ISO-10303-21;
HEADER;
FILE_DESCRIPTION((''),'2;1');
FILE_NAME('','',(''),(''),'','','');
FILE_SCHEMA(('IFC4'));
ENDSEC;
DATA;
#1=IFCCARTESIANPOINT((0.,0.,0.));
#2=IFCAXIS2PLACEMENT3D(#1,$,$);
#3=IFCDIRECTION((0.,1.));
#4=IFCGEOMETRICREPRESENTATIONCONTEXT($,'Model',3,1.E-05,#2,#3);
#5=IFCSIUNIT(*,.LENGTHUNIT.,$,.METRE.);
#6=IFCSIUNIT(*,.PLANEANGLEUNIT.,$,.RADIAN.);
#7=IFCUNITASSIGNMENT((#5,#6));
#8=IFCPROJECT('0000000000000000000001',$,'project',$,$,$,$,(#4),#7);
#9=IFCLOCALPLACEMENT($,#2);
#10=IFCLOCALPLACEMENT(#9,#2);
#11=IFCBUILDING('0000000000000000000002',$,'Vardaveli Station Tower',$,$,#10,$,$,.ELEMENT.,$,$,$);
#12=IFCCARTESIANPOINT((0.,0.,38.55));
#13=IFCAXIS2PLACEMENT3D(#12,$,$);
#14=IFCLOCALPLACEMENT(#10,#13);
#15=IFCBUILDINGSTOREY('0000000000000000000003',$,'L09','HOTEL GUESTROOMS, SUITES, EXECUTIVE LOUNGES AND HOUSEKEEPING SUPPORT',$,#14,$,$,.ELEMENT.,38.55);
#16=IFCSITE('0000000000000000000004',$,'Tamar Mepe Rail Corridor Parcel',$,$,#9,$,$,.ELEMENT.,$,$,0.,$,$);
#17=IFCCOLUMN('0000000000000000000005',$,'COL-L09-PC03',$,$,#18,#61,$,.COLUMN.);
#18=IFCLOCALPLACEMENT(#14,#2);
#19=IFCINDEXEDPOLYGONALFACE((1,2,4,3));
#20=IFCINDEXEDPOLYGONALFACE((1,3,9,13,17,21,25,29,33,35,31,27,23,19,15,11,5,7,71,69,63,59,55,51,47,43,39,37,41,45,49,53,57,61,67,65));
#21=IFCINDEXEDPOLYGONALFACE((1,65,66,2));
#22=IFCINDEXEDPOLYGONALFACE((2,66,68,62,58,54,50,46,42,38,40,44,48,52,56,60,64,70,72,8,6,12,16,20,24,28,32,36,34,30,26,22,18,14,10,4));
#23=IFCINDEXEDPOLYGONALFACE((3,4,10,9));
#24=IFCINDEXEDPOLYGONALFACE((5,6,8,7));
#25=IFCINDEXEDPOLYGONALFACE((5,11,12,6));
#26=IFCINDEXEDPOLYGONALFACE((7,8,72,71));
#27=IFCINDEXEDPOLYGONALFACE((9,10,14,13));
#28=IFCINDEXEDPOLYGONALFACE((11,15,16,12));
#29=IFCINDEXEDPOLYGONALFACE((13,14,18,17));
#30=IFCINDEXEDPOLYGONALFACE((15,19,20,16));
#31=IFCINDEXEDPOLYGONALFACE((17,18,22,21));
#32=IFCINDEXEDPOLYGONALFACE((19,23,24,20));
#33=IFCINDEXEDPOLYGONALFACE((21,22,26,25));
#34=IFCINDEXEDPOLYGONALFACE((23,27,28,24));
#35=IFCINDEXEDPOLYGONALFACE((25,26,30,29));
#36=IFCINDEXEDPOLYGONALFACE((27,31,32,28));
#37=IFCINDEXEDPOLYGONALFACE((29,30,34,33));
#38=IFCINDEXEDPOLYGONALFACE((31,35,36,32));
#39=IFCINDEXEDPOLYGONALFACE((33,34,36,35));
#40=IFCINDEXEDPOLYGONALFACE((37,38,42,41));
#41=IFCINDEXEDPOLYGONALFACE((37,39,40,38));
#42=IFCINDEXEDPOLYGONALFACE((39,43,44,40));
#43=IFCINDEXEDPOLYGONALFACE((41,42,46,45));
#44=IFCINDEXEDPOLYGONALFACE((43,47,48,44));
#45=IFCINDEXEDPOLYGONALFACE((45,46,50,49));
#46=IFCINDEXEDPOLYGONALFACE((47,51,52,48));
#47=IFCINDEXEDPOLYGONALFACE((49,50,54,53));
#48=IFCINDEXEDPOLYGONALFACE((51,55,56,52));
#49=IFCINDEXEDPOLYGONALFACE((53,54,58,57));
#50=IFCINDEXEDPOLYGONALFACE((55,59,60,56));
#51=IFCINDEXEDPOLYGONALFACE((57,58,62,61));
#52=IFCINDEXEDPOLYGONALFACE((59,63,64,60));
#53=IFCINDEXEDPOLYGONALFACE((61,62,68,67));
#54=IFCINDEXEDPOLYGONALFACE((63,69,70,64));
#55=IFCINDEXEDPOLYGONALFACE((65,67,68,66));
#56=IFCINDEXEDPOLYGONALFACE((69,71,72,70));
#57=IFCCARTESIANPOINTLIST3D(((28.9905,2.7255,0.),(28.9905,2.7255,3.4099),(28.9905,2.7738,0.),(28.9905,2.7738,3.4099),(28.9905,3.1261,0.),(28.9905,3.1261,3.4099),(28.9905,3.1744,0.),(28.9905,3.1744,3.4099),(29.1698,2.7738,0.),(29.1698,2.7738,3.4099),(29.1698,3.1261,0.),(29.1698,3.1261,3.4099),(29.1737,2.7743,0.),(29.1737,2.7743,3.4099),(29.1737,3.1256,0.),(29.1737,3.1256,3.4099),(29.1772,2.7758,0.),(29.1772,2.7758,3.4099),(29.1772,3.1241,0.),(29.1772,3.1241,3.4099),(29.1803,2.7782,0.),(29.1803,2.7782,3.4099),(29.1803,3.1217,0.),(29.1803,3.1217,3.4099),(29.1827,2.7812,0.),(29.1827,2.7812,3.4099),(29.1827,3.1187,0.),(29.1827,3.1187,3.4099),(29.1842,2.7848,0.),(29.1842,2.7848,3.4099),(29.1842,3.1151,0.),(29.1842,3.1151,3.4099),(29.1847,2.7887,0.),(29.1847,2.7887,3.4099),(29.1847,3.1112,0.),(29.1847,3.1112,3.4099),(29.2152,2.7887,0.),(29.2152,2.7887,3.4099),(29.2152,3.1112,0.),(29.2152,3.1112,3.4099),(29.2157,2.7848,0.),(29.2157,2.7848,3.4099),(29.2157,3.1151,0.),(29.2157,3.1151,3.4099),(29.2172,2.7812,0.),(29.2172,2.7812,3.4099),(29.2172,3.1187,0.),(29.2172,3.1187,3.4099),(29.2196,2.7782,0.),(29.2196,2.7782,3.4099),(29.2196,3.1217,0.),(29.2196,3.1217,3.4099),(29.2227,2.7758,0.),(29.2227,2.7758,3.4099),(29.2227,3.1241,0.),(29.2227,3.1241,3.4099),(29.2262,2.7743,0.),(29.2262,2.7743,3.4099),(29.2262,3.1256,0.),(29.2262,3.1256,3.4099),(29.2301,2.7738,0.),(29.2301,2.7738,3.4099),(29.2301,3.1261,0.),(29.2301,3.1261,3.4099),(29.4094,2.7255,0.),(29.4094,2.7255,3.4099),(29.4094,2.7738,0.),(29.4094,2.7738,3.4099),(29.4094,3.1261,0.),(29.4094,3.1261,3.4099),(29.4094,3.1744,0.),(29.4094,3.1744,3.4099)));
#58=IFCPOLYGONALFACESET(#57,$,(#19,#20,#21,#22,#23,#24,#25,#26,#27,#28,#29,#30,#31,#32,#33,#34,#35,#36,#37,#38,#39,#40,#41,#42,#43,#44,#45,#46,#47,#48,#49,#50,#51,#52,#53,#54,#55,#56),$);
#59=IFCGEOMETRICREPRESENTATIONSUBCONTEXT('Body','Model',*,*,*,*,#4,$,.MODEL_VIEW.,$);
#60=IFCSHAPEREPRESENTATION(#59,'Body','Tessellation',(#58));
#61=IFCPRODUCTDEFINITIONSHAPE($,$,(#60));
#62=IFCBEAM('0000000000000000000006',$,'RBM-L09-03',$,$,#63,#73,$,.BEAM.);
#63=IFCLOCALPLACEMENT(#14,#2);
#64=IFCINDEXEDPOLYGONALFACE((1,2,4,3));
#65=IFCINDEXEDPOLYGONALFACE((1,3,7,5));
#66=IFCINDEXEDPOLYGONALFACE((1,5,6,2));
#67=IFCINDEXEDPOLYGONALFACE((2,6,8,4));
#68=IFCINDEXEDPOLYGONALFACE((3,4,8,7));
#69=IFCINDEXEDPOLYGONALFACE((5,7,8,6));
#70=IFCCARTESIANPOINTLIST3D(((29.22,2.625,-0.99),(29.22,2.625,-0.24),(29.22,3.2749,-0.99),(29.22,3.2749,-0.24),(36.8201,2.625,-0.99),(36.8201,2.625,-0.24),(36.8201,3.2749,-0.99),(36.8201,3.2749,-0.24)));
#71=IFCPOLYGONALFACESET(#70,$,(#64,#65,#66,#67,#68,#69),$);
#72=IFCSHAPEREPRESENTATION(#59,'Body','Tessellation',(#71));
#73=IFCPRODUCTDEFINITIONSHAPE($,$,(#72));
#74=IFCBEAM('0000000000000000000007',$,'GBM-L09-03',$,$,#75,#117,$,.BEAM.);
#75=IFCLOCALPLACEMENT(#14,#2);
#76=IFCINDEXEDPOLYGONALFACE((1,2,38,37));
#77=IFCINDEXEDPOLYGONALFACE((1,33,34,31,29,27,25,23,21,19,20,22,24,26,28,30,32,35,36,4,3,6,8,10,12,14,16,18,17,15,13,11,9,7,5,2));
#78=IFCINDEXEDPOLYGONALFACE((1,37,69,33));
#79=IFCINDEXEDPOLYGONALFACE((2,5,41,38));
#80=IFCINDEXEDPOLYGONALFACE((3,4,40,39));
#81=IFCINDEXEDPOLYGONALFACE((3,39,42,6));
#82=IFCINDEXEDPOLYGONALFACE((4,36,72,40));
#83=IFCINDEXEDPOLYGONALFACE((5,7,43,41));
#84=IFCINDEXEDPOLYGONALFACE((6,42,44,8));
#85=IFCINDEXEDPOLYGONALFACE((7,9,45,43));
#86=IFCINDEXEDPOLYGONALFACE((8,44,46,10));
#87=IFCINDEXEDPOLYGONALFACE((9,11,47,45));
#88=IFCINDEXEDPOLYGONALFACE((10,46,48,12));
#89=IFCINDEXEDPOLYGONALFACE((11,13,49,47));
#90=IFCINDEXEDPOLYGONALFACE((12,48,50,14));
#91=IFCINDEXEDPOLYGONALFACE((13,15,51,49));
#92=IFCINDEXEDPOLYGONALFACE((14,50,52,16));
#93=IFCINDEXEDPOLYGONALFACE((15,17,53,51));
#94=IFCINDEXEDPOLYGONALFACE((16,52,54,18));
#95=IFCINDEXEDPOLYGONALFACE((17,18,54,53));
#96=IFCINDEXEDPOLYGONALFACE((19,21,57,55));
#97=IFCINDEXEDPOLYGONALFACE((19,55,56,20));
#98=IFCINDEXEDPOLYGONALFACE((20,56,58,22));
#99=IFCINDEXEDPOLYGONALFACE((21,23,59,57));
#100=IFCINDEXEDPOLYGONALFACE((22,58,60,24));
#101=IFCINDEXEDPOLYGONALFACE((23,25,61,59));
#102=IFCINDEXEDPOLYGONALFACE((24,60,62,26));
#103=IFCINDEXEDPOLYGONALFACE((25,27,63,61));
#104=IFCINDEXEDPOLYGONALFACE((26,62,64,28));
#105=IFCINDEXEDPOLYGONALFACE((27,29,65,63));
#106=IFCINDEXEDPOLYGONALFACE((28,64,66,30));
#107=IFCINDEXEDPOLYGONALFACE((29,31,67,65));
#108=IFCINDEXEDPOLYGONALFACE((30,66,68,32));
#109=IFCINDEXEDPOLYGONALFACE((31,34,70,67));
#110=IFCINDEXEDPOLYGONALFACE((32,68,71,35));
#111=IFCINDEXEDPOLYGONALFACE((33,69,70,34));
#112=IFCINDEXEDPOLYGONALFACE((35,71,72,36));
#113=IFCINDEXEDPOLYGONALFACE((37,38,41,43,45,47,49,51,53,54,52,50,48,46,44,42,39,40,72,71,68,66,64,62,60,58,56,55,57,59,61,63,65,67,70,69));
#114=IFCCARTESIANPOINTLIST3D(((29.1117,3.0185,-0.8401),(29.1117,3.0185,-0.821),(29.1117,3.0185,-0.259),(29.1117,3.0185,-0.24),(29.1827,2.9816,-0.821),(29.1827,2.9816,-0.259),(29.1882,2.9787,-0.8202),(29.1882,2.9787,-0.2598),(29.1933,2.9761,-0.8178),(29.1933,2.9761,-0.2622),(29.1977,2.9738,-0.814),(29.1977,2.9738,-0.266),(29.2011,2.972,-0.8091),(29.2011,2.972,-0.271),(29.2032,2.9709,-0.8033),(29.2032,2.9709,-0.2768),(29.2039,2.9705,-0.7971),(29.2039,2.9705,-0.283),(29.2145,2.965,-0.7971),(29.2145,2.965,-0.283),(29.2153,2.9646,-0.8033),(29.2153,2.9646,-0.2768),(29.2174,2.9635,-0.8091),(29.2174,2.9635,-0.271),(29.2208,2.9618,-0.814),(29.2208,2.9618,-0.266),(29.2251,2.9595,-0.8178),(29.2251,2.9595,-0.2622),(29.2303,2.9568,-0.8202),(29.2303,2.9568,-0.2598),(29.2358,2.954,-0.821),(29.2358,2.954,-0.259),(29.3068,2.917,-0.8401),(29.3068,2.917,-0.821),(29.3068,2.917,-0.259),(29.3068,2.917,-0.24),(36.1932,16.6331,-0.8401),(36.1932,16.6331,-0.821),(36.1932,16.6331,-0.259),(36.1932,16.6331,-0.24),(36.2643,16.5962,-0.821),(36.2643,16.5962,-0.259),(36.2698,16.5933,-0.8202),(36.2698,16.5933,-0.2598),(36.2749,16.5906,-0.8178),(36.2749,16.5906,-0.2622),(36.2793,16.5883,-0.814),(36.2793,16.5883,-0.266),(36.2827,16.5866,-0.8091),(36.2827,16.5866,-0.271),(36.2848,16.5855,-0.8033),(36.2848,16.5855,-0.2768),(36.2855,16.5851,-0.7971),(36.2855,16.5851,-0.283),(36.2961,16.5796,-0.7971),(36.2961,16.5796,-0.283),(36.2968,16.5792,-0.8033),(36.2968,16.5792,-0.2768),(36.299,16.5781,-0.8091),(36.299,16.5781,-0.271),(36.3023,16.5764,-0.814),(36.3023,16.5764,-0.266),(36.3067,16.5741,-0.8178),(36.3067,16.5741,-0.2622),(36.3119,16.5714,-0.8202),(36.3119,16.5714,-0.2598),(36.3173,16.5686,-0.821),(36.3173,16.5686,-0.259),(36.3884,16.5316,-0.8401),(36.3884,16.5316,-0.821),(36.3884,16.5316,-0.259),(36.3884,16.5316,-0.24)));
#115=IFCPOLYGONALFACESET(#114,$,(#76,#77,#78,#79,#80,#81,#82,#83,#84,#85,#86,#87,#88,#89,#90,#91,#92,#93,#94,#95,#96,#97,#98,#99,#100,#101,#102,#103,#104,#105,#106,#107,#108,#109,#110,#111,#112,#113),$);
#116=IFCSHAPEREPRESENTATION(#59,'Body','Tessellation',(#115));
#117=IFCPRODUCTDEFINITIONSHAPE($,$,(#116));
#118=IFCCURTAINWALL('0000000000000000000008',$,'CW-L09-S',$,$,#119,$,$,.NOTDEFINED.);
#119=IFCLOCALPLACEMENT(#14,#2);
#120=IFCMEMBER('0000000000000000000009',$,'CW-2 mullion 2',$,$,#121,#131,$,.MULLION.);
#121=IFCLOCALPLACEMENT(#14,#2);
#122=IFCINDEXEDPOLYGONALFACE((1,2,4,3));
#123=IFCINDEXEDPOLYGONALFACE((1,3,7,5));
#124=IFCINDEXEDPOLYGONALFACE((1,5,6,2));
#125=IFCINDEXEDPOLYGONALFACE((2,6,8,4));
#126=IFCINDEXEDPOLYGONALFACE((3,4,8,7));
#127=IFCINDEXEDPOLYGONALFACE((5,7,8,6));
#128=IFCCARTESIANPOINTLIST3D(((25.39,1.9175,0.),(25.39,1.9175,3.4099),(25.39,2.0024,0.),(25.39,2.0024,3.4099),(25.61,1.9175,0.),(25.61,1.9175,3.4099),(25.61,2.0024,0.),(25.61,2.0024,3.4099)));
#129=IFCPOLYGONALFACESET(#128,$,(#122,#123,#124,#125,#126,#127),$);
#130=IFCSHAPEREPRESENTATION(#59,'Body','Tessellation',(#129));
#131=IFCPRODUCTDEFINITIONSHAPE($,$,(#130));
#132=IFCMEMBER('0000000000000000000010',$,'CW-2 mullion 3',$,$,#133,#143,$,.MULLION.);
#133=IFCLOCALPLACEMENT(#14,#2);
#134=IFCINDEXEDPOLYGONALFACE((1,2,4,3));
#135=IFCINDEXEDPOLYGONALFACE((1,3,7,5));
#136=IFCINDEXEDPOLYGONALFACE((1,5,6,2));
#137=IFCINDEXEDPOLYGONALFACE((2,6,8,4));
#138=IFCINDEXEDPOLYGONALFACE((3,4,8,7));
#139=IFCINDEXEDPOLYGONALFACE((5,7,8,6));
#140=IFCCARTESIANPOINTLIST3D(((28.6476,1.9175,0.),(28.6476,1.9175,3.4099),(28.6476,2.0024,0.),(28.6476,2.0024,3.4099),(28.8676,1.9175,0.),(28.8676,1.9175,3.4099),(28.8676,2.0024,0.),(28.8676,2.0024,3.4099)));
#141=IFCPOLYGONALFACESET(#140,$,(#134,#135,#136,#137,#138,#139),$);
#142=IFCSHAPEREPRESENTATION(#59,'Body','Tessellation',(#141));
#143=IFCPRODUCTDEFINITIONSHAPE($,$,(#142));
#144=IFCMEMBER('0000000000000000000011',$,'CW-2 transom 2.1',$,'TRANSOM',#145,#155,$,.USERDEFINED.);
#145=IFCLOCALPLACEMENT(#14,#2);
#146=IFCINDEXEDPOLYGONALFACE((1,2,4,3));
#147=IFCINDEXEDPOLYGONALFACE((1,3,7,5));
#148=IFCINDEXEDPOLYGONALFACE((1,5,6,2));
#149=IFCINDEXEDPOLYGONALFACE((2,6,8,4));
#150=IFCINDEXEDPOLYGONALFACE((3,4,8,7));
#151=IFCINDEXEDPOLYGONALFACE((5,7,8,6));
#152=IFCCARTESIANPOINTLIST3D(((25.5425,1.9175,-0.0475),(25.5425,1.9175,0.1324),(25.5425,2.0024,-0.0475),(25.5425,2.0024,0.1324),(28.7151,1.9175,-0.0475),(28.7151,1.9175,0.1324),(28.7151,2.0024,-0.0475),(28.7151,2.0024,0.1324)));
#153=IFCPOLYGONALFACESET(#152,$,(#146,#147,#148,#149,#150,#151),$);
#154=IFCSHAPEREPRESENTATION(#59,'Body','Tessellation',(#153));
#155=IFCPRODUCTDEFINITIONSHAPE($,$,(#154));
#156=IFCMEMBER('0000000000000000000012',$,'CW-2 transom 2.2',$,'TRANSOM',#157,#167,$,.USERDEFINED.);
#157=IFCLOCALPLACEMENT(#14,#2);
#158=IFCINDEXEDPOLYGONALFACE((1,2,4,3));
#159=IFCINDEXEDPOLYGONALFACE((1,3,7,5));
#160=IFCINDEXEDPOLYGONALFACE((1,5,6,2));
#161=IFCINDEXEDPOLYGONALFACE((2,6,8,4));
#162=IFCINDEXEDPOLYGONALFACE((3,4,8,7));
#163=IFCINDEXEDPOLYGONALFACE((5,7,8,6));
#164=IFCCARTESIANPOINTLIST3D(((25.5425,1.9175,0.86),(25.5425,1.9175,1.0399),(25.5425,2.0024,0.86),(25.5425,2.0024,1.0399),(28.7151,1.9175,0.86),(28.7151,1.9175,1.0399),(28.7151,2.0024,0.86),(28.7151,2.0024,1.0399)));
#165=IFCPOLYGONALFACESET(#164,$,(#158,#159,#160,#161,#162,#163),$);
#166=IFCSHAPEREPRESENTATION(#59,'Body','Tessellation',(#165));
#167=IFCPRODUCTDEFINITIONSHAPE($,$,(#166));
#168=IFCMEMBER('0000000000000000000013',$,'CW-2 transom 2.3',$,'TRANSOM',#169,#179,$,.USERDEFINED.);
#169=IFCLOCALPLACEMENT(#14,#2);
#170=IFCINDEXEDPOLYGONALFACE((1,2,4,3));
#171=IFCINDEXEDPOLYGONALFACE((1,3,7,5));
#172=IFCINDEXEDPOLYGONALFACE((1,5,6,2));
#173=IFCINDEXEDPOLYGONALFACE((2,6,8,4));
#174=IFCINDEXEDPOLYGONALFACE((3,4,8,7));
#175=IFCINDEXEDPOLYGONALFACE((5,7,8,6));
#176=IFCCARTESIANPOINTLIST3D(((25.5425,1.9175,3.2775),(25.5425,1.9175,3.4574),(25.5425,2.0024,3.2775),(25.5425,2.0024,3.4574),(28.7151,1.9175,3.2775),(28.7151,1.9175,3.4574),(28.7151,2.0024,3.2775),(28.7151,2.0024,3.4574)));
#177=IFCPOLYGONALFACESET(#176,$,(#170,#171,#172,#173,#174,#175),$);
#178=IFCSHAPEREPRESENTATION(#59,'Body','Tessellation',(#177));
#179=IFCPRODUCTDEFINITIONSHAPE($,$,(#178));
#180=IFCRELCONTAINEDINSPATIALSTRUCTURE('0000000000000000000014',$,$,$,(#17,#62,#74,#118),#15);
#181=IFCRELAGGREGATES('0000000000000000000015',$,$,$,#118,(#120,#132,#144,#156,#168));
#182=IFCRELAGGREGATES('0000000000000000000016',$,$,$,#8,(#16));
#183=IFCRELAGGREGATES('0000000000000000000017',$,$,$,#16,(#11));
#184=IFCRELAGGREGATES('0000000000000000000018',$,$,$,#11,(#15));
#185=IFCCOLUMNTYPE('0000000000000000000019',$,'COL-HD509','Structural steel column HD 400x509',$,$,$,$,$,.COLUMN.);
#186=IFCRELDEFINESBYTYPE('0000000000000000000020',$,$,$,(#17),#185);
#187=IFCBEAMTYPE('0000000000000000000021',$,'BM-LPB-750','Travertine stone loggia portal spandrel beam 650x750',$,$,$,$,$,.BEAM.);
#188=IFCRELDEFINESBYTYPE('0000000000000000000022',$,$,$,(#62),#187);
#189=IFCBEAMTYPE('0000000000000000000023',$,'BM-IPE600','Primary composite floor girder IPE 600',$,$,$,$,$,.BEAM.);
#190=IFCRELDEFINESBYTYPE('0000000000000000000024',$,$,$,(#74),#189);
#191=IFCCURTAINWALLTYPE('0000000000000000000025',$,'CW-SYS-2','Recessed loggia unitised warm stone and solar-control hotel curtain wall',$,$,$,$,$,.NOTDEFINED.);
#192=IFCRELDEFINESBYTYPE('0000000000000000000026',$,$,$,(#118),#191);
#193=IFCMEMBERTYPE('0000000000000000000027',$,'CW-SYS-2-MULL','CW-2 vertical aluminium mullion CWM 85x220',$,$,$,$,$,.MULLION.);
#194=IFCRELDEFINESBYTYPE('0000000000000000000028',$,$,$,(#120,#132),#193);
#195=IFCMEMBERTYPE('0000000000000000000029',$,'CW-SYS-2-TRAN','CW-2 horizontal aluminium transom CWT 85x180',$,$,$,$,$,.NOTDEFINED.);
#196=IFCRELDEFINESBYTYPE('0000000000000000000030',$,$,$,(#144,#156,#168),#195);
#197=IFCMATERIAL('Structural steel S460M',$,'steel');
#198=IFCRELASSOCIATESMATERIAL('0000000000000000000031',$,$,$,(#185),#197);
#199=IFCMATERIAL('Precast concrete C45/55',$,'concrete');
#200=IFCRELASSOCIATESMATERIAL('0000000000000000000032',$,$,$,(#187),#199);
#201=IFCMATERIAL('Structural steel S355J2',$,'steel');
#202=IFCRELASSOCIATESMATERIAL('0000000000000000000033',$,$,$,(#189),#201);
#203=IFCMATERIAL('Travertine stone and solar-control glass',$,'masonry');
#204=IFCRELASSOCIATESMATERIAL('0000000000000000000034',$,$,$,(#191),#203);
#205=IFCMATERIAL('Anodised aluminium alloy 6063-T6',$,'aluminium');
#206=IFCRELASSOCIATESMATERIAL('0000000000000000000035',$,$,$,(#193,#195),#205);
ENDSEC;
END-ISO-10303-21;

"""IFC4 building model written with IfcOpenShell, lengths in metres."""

from ifc_helpers import new_model, si_unit, direction, frame, origin, origin_2d, place, context, subcontext, project, spatial, rectangle, i_section, extrude, source, transform, mapped, material, material_profile, profile_set, type_object, element, aggregate, save


model = new_model("IFC4")

# Units and contexts
model_context = context("Model", 3, precision=1e-05, world=origin(), true_north=direction((0.0, 1.0)))
body_context = subcontext(model_context, "Body", "Model", "MODEL_VIEW")
ifc_project = project(units=[si_unit("LENGTHUNIT", "METRE"), si_unit("PLANEANGLEUNIT", "RADIAN")], contexts=[model_context])

# Site, building, storey
site_placement = place(None, origin())
site = spatial("IfcSite", under=ifc_project, at=site_placement, Name="Tamar Mepe Rail Corridor Parcel", CompositionType="ELEMENT", RefElevation=0.0)
building_placement = place(site_placement, origin())
building = spatial("IfcBuilding", under=site, at=building_placement, Name="Vardaveli Station Tower", CompositionType="ELEMENT")
storey_placement = place(building_placement, frame((0.0, 0.0, 38.55)))
storey = spatial("IfcBuildingStorey", under=building, at=storey_placement, Name="L09", Description="HOTEL GUESTROOMS, SUITES, EXECUTIVE LOUNGES AND HOUSEKEEPING SUPPORT", CompositionType="ELEMENT", Elevation=38.55)

# Column
ifc_material_1 = material(Name="Structural steel S460M", Category="steel")
ifc_material_profile_1 = material_profile(ifc_material_1, i_section(OverallWidth=0.4189, OverallDepth=0.449, WebThickness=0.0305, FlangeThickness=0.0483, FilletRadius=0.0149, at=origin_2d()), Name="HD 400x509")
ifc_profile_set_1 = profile_set([ifc_material_profile_1], Name="Structural steel S460M")
column_type = type_object("IfcColumnType", Name="COL-HD509", Description="Structural steel column HD 400x509", PredefinedType="COLUMN", material=ifc_profile_set_1)
shared_shape_1 = source(origin(), body_context, "Body", "SweptSolid", [
    extrude(i_section(OverallWidth=0.4189, OverallDepth=0.449, WebThickness=0.0305, FlangeThickness=0.0483, FilletRadius=0.0149, at=origin_2d()), origin(), (0.0, 0.0, 1.0), 3.4099),
])
column_placement = place(storey_placement, frame((29.2, 2.95, 0.0), z_axis=(0.0, 0.0, 1.0), x_axis=(1.0, 0.0, 0.0)))
element("IfcColumn", 1, at=column_placement, inside=storey, type_object=column_type, Name="COL-L09-PC03", PredefinedType="COLUMN", context=body_context, shape_type="MappedRepresentation", body=[
    mapped(shared_shape_1, transform((0.0, 0.0, 0.0), scale=1.0)),
])

# Beams
ifc_material_2 = material(Name="Precast concrete C45/55", Category="concrete")
ifc_material_profile_2 = material_profile(ifc_material_2, rectangle(XDim=0.6499, YDim=0.75, at=origin_2d()), Name="LPB 650x750")
ifc_profile_set_2 = profile_set([ifc_material_profile_2], Name="Precast concrete C45/55")
beam_type_1 = type_object("IfcBeamType", Name="BM-LPB-750", Description="Travertine stone loggia portal spandrel beam 650x750", PredefinedType="BEAM", material=ifc_profile_set_2)
shared_shape_2 = source(origin(), body_context, "Body", "SweptSolid", [
    extrude(rectangle(XDim=0.6499, YDim=0.75, at=origin_2d()), origin(), (0.0, 0.0, 1.0), 7.6001),
])
beam_1_placement = place(storey_placement, frame((29.22, 2.95, -0.615), z_axis=(1.0, 0.0, 0.0), x_axis=(0.0, 1.0, 0.0)))
element("IfcBeam", 2, at=beam_1_placement, inside=storey, type_object=beam_type_1, Name="RBM-L09-03", PredefinedType="BEAM", context=body_context, shape_type="MappedRepresentation", body=[
    mapped(shared_shape_2, transform((0.0, 0.0, 0.0), scale=1.0)),
])
ifc_material_3 = material(Name="Structural steel S355J2", Category="steel")
ifc_material_profile_3 = material_profile(ifc_material_3, i_section(OverallWidth=0.22, OverallDepth=0.6001, WebThickness=0.012, FlangeThickness=0.019, FilletRadius=0.0239, at=origin_2d()), Name="IPE 600")
ifc_profile_set_3 = profile_set([ifc_material_profile_3], Name="Structural steel S355J2")
beam_type_2 = type_object("IfcBeamType", Name="BM-IPE600", Description="Primary composite floor girder IPE 600", PredefinedType="BEAM", material=ifc_profile_set_3)
shared_shape_3 = source(origin(), body_context, "Body", "SweptSolid", [
    extrude(i_section(OverallWidth=0.22, OverallDepth=0.6001, WebThickness=0.012, FlangeThickness=0.019, FilletRadius=0.0239, at=origin_2d()), origin(), (0.0, 0.0, 1.0), 15.3462),
])
beam_2_placement = place(storey_placement, frame((29.2092, 2.9678, -0.54), z_axis=(0.461455, 0.887163, 0.0), x_axis=(-0.887163, 0.461455, 0.0)))
element("IfcBeam", 3, at=beam_2_placement, inside=storey, type_object=beam_type_2, Name="GBM-L09-03", PredefinedType="BEAM", context=body_context, shape_type="MappedRepresentation", body=[
    mapped(shared_shape_3, transform((0.0, 0.0, 0.0), scale=1.0)),
])

# Curtain wall, members
ifc_material_4 = material(Name="Travertine stone and solar-control glass", Category="masonry")
curtain_wall_type = type_object("IfcCurtainWallType", Name="CW-SYS-2", Description="Recessed loggia unitised warm stone and solar-control hotel curtain wall", PredefinedType="NOTDEFINED", material=ifc_material_4)
curtain_wall_placement = place(storey_placement, origin())
curtain_wall = element("IfcCurtainWall", 4, at=curtain_wall_placement, inside=storey, type_object=curtain_wall_type, Name="CW-L09-S", PredefinedType="NOTDEFINED")
ifc_material_5 = material(Name="Anodised aluminium alloy 6063-T6", Category="aluminium")
ifc_material_profile_4 = material_profile(ifc_material_5, rectangle(XDim=0.085, YDim=0.22, at=origin_2d()), Name="CWM 85x220")
ifc_profile_set_4 = profile_set([ifc_material_profile_4], Name="Anodised aluminium alloy 6063-T6")
member_type_1 = type_object("IfcMemberType", Name="CW-SYS-2-MULL", Description="CW-2 vertical aluminium mullion CWM 85x220", PredefinedType="MULLION", material=ifc_profile_set_4)
shared_shape_4 = source(origin(), body_context, "Body", "SweptSolid", [
    extrude(rectangle(XDim=0.085, YDim=0.22, at=origin_2d()), origin(), (0.0, 0.0, 1.0), 3.4099),
])
member_1_placement = place(storey_placement, frame((25.5, 1.96, 0.0), z_axis=(0.0, 0.0, 1.0), x_axis=(0.0, 1.0, 0.0)))
member_1 = element("IfcMember", 5, at=member_1_placement, type_object=member_type_1, Name="CW-2 mullion 2", PredefinedType="MULLION", context=body_context, shape_type="MappedRepresentation", body=[
    mapped(shared_shape_4, transform((0.0, 0.0, 0.0), scale=1.0)),
])
member_2_placement = place(storey_placement, frame((28.7576, 1.96, 0.0), z_axis=(0.0, 0.0, 1.0), x_axis=(0.0, 1.0, 0.0)))
member_2 = element("IfcMember", 6, at=member_2_placement, type_object=member_type_1, Name="CW-2 mullion 3", PredefinedType="MULLION", context=body_context, shape_type="MappedRepresentation", body=[
    mapped(shared_shape_4, transform((0.0, 0.0, 0.0), scale=1.0)),
])
ifc_material_profile_5 = material_profile(ifc_material_5, rectangle(XDim=0.085, YDim=0.1799, at=origin_2d()), Name="CWT 85x180")
ifc_profile_set_5 = profile_set([ifc_material_profile_5], Name="Anodised aluminium alloy 6063-T6")
member_type_2 = type_object("IfcMemberType", Name="CW-SYS-2-TRAN", Description="CW-2 horizontal aluminium transom CWT 85x180", PredefinedType="NOTDEFINED", material=ifc_profile_set_5)
shared_shape_5 = source(origin(), body_context, "Body", "SweptSolid", [
    extrude(rectangle(XDim=0.085, YDim=0.1799, at=origin_2d()), origin(), (0.0, 0.0, 1.0), 3.1726),
])
member_3_placement = place(storey_placement, frame((25.5425, 1.96, 0.0425), z_axis=(1.0, 0.0, 0.0), x_axis=(0.0, 1.0, 0.0)))
member_3 = element("IfcMember", 7, at=member_3_placement, type_object=member_type_2, Name="CW-2 transom 2.1", ObjectType="TRANSOM", PredefinedType="USERDEFINED", context=body_context, shape_type="MappedRepresentation", body=[
    mapped(shared_shape_5, transform((0.0, 0.0, 0.0), scale=1.0)),
])
member_4_placement = place(storey_placement, frame((25.5425, 1.96, 0.95), z_axis=(1.0, 0.0, 0.0), x_axis=(0.0, 1.0, 0.0)))
member_4 = element("IfcMember", 8, at=member_4_placement, type_object=member_type_2, Name="CW-2 transom 2.2", ObjectType="TRANSOM", PredefinedType="USERDEFINED", context=body_context, shape_type="MappedRepresentation", body=[
    mapped(shared_shape_5, transform((0.0, 0.0, 0.0), scale=1.0)),
])
member_5_placement = place(storey_placement, frame((25.5425, 1.96, 3.3674), z_axis=(1.0, 0.0, 0.0), x_axis=(0.0, 1.0, 0.0)))
member_5 = element("IfcMember", 9, at=member_5_placement, type_object=member_type_2, Name="CW-2 transom 2.3", ObjectType="TRANSOM", PredefinedType="USERDEFINED", context=body_context, shape_type="MappedRepresentation", body=[
    mapped(shared_shape_5, transform((0.0, 0.0, 0.0), scale=1.0)),
])
aggregate(curtain_wall, [member_1, member_2, member_3, member_4, member_5])

save(model, "model.ifc")
